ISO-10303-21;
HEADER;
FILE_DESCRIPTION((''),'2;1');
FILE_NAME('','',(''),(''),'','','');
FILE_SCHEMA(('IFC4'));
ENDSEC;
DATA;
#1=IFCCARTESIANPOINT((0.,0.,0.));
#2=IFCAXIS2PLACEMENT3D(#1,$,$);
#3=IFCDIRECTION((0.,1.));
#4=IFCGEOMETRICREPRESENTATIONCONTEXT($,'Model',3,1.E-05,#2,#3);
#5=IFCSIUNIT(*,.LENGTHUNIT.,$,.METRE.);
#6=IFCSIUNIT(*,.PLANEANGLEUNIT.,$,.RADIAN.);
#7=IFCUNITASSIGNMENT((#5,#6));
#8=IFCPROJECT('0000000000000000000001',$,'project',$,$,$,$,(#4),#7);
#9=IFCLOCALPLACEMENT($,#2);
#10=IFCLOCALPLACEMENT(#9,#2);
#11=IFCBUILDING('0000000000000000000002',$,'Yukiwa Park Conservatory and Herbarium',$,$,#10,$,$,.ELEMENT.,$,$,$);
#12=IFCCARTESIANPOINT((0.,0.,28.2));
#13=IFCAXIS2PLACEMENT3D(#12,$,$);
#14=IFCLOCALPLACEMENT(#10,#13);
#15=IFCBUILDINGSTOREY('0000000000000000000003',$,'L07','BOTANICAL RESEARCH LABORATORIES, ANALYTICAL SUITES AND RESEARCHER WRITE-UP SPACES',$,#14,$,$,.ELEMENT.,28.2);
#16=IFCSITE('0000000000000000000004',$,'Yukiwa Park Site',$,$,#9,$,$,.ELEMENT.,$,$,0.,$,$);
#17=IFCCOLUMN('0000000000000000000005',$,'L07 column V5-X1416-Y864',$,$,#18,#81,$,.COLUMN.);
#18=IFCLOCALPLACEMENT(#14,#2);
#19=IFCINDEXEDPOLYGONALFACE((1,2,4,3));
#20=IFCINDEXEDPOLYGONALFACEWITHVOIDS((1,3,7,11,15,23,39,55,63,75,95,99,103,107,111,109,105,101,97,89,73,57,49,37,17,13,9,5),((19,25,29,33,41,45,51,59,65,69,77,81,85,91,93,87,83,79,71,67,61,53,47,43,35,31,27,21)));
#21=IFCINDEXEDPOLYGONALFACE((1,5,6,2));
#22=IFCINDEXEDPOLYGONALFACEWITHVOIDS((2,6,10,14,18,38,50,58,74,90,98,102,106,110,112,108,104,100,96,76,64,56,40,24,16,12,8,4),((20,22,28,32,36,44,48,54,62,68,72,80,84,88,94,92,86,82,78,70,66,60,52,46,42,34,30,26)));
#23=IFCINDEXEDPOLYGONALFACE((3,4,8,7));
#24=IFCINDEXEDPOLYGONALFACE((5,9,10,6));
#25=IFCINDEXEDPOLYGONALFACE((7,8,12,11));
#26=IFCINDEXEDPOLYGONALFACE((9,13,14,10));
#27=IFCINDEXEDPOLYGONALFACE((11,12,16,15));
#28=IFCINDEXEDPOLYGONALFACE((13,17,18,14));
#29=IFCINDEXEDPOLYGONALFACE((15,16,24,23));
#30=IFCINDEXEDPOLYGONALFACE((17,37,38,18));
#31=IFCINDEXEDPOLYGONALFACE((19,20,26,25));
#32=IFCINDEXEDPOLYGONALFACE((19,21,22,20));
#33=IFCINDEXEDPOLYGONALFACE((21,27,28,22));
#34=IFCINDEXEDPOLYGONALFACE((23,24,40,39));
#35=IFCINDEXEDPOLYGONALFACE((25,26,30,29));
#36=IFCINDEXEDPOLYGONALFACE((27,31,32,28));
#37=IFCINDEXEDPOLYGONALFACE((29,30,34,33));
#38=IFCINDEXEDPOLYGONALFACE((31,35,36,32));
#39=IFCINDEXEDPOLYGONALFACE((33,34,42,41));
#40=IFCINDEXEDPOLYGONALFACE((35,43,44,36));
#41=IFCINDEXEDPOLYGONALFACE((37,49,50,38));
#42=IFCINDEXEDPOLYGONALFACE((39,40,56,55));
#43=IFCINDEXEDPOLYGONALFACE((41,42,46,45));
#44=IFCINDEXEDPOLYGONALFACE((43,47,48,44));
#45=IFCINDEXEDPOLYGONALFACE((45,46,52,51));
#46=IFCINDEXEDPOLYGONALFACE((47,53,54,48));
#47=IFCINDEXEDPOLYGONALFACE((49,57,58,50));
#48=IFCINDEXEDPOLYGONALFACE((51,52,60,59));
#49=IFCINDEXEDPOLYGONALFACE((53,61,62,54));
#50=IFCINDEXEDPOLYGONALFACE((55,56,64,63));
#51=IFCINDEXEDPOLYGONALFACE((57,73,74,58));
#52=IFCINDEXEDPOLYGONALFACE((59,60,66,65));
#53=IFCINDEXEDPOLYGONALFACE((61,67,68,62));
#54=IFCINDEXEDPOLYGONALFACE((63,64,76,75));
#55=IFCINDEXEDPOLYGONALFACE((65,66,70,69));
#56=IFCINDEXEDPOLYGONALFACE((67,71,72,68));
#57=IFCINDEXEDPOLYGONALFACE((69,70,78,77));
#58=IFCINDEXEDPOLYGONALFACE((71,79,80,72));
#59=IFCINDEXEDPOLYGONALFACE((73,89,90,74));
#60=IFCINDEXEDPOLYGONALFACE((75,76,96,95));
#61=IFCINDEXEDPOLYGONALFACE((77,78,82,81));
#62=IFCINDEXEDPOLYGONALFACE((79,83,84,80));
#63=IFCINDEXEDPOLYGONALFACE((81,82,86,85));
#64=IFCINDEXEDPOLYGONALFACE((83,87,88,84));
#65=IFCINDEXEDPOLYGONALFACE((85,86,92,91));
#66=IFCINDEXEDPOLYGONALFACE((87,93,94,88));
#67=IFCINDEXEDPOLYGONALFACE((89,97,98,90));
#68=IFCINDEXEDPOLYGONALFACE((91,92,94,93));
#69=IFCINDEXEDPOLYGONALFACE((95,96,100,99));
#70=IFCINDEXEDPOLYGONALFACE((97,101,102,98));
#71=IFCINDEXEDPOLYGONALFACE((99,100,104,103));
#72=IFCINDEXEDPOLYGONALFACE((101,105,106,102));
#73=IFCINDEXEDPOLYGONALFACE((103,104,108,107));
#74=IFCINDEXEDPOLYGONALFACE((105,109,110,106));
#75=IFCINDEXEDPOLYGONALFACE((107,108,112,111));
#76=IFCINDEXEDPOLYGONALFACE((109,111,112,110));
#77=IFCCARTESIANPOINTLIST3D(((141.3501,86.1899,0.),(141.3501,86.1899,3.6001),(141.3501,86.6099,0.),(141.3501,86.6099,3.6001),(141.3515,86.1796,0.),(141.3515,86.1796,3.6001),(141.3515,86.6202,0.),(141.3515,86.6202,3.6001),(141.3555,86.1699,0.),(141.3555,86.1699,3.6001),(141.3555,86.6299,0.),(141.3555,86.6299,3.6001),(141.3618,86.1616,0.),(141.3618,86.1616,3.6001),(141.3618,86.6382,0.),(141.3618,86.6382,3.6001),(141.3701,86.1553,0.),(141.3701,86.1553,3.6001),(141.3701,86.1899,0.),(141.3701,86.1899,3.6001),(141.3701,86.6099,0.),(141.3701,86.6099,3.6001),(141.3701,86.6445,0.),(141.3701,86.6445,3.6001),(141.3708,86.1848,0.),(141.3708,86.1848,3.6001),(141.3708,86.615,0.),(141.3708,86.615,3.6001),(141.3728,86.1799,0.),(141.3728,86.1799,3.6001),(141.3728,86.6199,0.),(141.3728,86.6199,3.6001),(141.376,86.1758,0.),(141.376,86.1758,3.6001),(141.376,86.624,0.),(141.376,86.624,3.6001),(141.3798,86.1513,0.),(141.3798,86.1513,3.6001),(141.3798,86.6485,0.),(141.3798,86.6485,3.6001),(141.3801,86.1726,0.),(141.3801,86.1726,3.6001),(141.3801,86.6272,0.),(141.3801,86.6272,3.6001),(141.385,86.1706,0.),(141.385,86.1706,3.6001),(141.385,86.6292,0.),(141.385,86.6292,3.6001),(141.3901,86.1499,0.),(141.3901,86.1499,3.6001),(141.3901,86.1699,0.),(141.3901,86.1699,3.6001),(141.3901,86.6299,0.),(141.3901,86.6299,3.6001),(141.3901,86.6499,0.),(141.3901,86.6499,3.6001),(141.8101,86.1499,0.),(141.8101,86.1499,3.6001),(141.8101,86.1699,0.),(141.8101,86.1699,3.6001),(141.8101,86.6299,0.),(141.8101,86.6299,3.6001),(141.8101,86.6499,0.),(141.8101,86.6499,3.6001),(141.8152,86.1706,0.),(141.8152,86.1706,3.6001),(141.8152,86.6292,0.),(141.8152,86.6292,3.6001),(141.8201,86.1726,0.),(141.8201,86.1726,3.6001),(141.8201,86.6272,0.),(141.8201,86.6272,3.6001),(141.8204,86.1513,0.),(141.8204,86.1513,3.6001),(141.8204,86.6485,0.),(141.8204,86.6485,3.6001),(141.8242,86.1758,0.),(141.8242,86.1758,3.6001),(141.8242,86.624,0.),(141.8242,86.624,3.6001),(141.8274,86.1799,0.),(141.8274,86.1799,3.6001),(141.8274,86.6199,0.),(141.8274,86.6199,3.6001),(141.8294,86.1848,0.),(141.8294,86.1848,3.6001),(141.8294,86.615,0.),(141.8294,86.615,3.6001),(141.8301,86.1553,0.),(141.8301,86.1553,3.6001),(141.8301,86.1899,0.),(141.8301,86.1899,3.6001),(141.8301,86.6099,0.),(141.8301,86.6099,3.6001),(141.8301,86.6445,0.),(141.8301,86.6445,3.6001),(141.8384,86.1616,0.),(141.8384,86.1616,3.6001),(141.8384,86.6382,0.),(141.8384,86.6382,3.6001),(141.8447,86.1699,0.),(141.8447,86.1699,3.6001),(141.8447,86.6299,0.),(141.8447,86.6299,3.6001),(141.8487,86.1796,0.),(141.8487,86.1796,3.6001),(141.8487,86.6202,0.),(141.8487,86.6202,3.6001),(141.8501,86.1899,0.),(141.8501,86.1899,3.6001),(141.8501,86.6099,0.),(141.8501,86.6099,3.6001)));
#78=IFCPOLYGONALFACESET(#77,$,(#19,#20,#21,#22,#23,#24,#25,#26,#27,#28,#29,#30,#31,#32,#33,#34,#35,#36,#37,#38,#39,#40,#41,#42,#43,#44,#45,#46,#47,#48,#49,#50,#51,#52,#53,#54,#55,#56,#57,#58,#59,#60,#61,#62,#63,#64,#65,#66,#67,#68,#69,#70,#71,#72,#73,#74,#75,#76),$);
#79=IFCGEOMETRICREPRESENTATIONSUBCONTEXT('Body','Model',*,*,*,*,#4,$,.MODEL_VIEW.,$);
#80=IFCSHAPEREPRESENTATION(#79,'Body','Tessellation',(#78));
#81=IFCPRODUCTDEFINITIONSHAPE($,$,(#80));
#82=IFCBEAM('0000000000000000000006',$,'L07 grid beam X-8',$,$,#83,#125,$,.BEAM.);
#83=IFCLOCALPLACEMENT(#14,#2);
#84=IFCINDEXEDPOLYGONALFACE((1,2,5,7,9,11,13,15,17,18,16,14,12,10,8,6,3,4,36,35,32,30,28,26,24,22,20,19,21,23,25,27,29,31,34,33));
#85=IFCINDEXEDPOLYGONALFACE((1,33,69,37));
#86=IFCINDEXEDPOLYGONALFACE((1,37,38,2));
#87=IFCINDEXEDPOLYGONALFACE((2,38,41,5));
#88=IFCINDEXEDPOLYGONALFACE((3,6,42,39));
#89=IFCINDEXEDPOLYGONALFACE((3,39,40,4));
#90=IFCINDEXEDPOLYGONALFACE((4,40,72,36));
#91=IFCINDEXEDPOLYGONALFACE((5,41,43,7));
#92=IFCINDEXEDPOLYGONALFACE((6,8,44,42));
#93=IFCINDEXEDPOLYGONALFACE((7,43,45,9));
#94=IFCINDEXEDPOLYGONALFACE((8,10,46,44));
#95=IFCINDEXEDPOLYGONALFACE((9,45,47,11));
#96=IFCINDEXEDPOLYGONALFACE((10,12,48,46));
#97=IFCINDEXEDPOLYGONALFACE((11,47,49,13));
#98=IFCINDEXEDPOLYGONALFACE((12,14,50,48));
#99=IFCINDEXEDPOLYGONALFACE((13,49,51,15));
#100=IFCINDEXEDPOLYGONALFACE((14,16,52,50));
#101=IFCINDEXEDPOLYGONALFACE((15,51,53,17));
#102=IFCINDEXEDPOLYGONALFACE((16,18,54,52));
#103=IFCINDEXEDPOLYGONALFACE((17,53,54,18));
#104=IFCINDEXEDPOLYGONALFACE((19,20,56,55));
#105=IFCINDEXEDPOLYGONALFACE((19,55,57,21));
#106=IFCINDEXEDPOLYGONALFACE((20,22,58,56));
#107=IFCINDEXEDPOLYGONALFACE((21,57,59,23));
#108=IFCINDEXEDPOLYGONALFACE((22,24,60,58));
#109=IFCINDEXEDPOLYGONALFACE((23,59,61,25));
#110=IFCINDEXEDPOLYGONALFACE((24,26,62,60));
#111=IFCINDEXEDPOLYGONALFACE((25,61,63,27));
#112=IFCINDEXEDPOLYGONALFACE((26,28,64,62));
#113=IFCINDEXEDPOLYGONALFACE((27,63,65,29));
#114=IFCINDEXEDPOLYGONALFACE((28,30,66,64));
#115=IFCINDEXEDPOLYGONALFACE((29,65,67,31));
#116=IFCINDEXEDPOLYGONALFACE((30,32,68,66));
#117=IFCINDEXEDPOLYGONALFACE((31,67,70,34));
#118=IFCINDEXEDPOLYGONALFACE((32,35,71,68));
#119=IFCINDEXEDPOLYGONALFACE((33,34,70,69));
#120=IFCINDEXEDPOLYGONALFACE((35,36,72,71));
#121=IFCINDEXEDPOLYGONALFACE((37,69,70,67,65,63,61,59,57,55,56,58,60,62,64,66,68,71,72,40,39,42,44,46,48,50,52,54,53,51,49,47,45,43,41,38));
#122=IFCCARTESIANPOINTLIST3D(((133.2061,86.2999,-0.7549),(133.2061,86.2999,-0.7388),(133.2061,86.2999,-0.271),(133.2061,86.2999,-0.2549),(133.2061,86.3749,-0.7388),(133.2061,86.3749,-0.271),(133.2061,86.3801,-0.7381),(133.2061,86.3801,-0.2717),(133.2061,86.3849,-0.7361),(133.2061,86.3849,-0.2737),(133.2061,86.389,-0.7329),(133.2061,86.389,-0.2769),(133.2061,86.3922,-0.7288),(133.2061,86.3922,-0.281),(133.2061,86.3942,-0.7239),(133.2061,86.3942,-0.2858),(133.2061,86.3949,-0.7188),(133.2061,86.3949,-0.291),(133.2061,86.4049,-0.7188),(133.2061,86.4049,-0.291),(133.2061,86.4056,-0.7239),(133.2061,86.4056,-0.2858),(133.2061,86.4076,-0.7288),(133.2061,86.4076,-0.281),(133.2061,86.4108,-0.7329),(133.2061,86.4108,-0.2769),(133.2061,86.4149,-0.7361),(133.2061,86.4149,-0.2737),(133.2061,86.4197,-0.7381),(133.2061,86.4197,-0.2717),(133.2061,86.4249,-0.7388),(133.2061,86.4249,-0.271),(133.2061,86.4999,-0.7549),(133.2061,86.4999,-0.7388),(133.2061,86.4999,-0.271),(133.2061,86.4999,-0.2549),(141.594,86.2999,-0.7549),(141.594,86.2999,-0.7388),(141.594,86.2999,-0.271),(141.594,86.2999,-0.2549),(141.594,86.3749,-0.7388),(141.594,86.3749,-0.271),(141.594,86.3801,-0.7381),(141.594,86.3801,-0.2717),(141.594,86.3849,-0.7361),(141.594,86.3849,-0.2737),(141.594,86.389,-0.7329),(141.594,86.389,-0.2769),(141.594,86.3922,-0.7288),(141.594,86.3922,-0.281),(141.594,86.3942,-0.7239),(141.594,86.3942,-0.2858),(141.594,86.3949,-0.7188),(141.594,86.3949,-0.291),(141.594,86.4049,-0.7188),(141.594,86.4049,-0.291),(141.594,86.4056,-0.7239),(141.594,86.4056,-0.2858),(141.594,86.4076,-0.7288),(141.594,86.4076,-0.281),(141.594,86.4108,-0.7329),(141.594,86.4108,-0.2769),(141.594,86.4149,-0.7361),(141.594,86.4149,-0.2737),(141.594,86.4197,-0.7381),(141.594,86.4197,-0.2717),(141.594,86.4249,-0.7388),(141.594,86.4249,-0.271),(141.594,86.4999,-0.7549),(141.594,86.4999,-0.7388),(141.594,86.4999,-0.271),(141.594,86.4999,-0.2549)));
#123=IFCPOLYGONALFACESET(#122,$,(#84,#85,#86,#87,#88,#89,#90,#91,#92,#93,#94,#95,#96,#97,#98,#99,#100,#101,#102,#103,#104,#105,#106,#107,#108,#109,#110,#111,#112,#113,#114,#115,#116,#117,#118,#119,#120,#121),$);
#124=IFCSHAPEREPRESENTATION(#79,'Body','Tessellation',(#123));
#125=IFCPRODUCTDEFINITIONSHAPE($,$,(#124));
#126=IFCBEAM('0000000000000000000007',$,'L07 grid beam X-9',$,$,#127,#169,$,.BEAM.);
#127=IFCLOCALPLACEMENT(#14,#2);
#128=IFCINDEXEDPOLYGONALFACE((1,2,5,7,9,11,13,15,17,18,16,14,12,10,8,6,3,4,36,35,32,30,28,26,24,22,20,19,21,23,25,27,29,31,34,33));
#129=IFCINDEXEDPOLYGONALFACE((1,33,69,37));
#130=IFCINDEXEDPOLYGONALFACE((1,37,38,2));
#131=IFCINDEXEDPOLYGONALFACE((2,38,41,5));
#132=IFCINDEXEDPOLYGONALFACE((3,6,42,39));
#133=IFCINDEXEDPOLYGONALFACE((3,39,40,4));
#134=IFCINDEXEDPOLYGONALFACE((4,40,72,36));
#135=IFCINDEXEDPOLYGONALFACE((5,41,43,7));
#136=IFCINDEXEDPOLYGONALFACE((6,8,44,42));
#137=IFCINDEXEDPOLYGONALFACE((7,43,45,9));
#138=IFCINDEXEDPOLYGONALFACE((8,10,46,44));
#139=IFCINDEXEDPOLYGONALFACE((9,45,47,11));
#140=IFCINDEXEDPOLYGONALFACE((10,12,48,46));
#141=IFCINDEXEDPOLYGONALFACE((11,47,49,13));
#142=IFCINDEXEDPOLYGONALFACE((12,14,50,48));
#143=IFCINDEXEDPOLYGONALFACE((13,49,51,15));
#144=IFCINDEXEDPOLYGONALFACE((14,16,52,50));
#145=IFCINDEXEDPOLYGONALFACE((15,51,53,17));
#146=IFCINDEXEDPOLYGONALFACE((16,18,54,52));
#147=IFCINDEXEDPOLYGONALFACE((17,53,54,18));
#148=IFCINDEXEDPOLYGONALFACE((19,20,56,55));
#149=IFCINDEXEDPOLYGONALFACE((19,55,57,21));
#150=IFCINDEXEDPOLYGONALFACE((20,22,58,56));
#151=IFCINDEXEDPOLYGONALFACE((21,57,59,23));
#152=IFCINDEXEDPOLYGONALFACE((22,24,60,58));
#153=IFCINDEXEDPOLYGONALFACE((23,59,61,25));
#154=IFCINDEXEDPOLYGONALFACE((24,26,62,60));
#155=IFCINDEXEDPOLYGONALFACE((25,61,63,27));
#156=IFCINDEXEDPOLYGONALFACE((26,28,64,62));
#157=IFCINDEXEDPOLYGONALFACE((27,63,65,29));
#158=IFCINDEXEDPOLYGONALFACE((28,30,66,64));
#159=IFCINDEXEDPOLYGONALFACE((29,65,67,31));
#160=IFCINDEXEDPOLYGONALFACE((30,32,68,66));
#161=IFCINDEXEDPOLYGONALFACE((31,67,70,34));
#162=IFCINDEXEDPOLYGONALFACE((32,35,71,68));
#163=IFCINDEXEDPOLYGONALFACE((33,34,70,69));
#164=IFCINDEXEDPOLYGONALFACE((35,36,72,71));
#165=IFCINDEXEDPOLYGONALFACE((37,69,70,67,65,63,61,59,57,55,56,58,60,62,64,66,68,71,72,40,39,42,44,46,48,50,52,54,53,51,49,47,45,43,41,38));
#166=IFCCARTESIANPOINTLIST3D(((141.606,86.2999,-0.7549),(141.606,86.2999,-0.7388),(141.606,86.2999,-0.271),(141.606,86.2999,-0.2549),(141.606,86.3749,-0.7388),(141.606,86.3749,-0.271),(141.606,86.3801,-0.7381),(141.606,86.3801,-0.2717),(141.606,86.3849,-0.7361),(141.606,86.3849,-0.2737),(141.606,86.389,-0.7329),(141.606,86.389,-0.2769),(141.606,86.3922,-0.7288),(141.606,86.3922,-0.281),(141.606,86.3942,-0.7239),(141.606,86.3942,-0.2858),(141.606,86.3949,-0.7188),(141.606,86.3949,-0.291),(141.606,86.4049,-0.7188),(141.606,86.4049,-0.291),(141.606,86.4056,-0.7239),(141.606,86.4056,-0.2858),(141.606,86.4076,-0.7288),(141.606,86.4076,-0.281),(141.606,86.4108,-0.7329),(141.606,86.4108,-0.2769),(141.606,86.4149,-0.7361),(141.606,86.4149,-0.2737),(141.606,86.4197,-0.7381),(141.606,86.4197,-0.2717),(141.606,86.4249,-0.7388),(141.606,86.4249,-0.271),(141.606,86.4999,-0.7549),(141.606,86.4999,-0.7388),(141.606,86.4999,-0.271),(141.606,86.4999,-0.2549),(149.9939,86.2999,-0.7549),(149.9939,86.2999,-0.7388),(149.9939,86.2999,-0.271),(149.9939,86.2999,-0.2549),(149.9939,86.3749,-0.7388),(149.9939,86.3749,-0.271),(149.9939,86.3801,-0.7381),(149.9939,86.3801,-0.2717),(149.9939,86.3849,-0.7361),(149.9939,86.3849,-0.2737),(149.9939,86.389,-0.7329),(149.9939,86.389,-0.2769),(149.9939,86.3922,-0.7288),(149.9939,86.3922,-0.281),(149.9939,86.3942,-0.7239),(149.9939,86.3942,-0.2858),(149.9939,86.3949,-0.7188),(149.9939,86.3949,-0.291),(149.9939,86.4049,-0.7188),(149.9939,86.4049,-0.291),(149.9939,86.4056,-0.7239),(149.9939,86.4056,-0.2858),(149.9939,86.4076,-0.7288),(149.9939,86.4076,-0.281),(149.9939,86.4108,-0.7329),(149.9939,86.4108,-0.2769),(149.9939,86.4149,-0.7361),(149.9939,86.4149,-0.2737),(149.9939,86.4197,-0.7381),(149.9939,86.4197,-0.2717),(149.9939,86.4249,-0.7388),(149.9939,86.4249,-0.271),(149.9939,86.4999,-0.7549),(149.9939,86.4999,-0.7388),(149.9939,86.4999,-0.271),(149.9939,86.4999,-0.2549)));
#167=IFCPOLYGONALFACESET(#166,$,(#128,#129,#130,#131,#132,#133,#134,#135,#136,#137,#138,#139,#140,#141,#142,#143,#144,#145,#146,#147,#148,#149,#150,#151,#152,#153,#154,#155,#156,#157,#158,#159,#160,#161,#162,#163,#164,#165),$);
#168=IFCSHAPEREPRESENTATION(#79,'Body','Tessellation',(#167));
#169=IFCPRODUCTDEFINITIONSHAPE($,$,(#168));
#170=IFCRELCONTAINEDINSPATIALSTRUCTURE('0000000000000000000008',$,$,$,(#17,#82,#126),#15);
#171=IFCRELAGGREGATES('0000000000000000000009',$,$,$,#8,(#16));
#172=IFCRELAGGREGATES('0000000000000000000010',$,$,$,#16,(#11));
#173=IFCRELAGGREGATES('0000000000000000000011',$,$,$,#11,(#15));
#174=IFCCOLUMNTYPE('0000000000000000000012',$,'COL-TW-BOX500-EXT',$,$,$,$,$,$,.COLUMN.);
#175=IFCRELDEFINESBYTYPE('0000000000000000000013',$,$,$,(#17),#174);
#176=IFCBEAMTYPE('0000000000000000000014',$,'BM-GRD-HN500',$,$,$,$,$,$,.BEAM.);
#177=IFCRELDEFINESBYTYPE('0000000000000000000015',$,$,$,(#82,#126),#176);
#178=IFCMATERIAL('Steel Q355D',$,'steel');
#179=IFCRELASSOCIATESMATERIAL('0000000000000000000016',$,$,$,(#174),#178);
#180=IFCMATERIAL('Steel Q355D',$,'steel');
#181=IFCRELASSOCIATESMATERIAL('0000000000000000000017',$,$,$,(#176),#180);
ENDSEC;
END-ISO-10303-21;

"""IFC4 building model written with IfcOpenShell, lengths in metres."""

from ifc_helpers import new_model, si_unit, direction, frame, origin, origin_2d, place, context, subcontext, project, spatial, hollow_rectangle, i_section, extrude, material, material_profile, profile_set, type_object, element, save


model = new_model("IFC4")

# Units and contexts
model_context = context("Model", 3, precision=1e-05, world=origin(), true_north=direction((0.0, 1.0)))
body_context = subcontext(model_context, "Body", "Model", "MODEL_VIEW")
ifc_project = project(units=[si_unit("LENGTHUNIT", "METRE"), si_unit("PLANEANGLEUNIT", "RADIAN")], contexts=[model_context])

# Site, building, storey
site_placement = place(None, origin())
site = spatial("IfcSite", under=ifc_project, at=site_placement, Name="Yukiwa Park Site", CompositionType="ELEMENT", RefElevation=0.0)
building_placement = place(site_placement, origin())
building = spatial("IfcBuilding", under=site, at=building_placement, Name="Yukiwa Park Conservatory and Herbarium", CompositionType="ELEMENT")
storey_placement = place(building_placement, frame((0.0, 0.0, 28.2)))
storey = spatial("IfcBuildingStorey", under=building, at=storey_placement, Name="L07", Description="BOTANICAL RESEARCH LABORATORIES, ANALYTICAL SUITES AND RESEARCHER WRITE-UP SPACES", CompositionType="ELEMENT", Elevation=28.2)

# Column
ifc_material_1 = material(Name="Steel Q355D", Category="steel")
ifc_material_profile_1 = material_profile(ifc_material_1, hollow_rectangle(XDim=0.5, YDim=0.5, WallThickness=0.02, InnerFilletRadius=0.02, OuterFilletRadius=0.04, at=origin_2d()), Name="BOX 500x500x20")
ifc_profile_set_1 = profile_set([ifc_material_profile_1], Name="Steel Q355D")
column_type = type_object("IfcColumnType", Name="COL-TW-BOX500-EXT", PredefinedType="COLUMN", material=ifc_profile_set_1)
column_placement = place(storey_placement, frame((141.6001, 86.3999, 0.0), z_axis=(0.0, 0.0, 1.0), x_axis=(1.0, 0.0, 0.0)))
element("IfcColumn", 1, at=column_placement, inside=storey, type_object=column_type, Name="L07 column V5-X1416-Y864", PredefinedType="COLUMN", context=body_context, shape_type="SweptSolid", body=[
    extrude(hollow_rectangle(XDim=0.5, YDim=0.5, WallThickness=0.02, InnerFilletRadius=0.02, OuterFilletRadius=0.04, at=origin_2d()), origin(), (0.0, 0.0, 1.0), 3.6001),
])

# Beams
ifc_material_2 = material(Name="Steel Q355D", Category="steel")
ifc_material_profile_2 = material_profile(ifc_material_2, i_section(OverallWidth=0.2, OverallDepth=0.5, WebThickness=0.01, FlangeThickness=0.0161, FilletRadius=0.02, at=origin_2d()), Name="HN 500x200x10x16")
ifc_profile_set_2 = profile_set([ifc_material_profile_2], Name="Steel Q355D")
beam_type_1 = type_object("IfcBeamType", Name="BM-GRD-HN500", PredefinedType="BEAM", material=ifc_profile_set_2)
for number, where, z_axis, x_axis, name in (
    (2, (133.2061, 86.3999, -0.5049), (1.0, 0.0, 0.0), (0.0, 1.0, 0.0), "L07 grid beam X-8"),
    (3, (141.606, 86.3999, -0.5049), (1.0, 0.0, 0.0), (0.0, 1.0, 0.0), "L07 grid beam X-9"),
):
    element("IfcBeam", number, at=place(storey_placement, frame(where, z_axis=z_axis, x_axis=x_axis)), inside=storey, type_object=beam_type_1, Name=name, PredefinedType="BEAM", context=body_context, shape_type="SweptSolid", body=[
        extrude(i_section(OverallWidth=0.2, OverallDepth=0.5, WebThickness=0.01, FlangeThickness=0.0161, FilletRadius=0.02, at=origin_2d()), origin(), (0.0, 0.0, 1.0), 8.3879),
    ])

save(model, "model.ifc")
